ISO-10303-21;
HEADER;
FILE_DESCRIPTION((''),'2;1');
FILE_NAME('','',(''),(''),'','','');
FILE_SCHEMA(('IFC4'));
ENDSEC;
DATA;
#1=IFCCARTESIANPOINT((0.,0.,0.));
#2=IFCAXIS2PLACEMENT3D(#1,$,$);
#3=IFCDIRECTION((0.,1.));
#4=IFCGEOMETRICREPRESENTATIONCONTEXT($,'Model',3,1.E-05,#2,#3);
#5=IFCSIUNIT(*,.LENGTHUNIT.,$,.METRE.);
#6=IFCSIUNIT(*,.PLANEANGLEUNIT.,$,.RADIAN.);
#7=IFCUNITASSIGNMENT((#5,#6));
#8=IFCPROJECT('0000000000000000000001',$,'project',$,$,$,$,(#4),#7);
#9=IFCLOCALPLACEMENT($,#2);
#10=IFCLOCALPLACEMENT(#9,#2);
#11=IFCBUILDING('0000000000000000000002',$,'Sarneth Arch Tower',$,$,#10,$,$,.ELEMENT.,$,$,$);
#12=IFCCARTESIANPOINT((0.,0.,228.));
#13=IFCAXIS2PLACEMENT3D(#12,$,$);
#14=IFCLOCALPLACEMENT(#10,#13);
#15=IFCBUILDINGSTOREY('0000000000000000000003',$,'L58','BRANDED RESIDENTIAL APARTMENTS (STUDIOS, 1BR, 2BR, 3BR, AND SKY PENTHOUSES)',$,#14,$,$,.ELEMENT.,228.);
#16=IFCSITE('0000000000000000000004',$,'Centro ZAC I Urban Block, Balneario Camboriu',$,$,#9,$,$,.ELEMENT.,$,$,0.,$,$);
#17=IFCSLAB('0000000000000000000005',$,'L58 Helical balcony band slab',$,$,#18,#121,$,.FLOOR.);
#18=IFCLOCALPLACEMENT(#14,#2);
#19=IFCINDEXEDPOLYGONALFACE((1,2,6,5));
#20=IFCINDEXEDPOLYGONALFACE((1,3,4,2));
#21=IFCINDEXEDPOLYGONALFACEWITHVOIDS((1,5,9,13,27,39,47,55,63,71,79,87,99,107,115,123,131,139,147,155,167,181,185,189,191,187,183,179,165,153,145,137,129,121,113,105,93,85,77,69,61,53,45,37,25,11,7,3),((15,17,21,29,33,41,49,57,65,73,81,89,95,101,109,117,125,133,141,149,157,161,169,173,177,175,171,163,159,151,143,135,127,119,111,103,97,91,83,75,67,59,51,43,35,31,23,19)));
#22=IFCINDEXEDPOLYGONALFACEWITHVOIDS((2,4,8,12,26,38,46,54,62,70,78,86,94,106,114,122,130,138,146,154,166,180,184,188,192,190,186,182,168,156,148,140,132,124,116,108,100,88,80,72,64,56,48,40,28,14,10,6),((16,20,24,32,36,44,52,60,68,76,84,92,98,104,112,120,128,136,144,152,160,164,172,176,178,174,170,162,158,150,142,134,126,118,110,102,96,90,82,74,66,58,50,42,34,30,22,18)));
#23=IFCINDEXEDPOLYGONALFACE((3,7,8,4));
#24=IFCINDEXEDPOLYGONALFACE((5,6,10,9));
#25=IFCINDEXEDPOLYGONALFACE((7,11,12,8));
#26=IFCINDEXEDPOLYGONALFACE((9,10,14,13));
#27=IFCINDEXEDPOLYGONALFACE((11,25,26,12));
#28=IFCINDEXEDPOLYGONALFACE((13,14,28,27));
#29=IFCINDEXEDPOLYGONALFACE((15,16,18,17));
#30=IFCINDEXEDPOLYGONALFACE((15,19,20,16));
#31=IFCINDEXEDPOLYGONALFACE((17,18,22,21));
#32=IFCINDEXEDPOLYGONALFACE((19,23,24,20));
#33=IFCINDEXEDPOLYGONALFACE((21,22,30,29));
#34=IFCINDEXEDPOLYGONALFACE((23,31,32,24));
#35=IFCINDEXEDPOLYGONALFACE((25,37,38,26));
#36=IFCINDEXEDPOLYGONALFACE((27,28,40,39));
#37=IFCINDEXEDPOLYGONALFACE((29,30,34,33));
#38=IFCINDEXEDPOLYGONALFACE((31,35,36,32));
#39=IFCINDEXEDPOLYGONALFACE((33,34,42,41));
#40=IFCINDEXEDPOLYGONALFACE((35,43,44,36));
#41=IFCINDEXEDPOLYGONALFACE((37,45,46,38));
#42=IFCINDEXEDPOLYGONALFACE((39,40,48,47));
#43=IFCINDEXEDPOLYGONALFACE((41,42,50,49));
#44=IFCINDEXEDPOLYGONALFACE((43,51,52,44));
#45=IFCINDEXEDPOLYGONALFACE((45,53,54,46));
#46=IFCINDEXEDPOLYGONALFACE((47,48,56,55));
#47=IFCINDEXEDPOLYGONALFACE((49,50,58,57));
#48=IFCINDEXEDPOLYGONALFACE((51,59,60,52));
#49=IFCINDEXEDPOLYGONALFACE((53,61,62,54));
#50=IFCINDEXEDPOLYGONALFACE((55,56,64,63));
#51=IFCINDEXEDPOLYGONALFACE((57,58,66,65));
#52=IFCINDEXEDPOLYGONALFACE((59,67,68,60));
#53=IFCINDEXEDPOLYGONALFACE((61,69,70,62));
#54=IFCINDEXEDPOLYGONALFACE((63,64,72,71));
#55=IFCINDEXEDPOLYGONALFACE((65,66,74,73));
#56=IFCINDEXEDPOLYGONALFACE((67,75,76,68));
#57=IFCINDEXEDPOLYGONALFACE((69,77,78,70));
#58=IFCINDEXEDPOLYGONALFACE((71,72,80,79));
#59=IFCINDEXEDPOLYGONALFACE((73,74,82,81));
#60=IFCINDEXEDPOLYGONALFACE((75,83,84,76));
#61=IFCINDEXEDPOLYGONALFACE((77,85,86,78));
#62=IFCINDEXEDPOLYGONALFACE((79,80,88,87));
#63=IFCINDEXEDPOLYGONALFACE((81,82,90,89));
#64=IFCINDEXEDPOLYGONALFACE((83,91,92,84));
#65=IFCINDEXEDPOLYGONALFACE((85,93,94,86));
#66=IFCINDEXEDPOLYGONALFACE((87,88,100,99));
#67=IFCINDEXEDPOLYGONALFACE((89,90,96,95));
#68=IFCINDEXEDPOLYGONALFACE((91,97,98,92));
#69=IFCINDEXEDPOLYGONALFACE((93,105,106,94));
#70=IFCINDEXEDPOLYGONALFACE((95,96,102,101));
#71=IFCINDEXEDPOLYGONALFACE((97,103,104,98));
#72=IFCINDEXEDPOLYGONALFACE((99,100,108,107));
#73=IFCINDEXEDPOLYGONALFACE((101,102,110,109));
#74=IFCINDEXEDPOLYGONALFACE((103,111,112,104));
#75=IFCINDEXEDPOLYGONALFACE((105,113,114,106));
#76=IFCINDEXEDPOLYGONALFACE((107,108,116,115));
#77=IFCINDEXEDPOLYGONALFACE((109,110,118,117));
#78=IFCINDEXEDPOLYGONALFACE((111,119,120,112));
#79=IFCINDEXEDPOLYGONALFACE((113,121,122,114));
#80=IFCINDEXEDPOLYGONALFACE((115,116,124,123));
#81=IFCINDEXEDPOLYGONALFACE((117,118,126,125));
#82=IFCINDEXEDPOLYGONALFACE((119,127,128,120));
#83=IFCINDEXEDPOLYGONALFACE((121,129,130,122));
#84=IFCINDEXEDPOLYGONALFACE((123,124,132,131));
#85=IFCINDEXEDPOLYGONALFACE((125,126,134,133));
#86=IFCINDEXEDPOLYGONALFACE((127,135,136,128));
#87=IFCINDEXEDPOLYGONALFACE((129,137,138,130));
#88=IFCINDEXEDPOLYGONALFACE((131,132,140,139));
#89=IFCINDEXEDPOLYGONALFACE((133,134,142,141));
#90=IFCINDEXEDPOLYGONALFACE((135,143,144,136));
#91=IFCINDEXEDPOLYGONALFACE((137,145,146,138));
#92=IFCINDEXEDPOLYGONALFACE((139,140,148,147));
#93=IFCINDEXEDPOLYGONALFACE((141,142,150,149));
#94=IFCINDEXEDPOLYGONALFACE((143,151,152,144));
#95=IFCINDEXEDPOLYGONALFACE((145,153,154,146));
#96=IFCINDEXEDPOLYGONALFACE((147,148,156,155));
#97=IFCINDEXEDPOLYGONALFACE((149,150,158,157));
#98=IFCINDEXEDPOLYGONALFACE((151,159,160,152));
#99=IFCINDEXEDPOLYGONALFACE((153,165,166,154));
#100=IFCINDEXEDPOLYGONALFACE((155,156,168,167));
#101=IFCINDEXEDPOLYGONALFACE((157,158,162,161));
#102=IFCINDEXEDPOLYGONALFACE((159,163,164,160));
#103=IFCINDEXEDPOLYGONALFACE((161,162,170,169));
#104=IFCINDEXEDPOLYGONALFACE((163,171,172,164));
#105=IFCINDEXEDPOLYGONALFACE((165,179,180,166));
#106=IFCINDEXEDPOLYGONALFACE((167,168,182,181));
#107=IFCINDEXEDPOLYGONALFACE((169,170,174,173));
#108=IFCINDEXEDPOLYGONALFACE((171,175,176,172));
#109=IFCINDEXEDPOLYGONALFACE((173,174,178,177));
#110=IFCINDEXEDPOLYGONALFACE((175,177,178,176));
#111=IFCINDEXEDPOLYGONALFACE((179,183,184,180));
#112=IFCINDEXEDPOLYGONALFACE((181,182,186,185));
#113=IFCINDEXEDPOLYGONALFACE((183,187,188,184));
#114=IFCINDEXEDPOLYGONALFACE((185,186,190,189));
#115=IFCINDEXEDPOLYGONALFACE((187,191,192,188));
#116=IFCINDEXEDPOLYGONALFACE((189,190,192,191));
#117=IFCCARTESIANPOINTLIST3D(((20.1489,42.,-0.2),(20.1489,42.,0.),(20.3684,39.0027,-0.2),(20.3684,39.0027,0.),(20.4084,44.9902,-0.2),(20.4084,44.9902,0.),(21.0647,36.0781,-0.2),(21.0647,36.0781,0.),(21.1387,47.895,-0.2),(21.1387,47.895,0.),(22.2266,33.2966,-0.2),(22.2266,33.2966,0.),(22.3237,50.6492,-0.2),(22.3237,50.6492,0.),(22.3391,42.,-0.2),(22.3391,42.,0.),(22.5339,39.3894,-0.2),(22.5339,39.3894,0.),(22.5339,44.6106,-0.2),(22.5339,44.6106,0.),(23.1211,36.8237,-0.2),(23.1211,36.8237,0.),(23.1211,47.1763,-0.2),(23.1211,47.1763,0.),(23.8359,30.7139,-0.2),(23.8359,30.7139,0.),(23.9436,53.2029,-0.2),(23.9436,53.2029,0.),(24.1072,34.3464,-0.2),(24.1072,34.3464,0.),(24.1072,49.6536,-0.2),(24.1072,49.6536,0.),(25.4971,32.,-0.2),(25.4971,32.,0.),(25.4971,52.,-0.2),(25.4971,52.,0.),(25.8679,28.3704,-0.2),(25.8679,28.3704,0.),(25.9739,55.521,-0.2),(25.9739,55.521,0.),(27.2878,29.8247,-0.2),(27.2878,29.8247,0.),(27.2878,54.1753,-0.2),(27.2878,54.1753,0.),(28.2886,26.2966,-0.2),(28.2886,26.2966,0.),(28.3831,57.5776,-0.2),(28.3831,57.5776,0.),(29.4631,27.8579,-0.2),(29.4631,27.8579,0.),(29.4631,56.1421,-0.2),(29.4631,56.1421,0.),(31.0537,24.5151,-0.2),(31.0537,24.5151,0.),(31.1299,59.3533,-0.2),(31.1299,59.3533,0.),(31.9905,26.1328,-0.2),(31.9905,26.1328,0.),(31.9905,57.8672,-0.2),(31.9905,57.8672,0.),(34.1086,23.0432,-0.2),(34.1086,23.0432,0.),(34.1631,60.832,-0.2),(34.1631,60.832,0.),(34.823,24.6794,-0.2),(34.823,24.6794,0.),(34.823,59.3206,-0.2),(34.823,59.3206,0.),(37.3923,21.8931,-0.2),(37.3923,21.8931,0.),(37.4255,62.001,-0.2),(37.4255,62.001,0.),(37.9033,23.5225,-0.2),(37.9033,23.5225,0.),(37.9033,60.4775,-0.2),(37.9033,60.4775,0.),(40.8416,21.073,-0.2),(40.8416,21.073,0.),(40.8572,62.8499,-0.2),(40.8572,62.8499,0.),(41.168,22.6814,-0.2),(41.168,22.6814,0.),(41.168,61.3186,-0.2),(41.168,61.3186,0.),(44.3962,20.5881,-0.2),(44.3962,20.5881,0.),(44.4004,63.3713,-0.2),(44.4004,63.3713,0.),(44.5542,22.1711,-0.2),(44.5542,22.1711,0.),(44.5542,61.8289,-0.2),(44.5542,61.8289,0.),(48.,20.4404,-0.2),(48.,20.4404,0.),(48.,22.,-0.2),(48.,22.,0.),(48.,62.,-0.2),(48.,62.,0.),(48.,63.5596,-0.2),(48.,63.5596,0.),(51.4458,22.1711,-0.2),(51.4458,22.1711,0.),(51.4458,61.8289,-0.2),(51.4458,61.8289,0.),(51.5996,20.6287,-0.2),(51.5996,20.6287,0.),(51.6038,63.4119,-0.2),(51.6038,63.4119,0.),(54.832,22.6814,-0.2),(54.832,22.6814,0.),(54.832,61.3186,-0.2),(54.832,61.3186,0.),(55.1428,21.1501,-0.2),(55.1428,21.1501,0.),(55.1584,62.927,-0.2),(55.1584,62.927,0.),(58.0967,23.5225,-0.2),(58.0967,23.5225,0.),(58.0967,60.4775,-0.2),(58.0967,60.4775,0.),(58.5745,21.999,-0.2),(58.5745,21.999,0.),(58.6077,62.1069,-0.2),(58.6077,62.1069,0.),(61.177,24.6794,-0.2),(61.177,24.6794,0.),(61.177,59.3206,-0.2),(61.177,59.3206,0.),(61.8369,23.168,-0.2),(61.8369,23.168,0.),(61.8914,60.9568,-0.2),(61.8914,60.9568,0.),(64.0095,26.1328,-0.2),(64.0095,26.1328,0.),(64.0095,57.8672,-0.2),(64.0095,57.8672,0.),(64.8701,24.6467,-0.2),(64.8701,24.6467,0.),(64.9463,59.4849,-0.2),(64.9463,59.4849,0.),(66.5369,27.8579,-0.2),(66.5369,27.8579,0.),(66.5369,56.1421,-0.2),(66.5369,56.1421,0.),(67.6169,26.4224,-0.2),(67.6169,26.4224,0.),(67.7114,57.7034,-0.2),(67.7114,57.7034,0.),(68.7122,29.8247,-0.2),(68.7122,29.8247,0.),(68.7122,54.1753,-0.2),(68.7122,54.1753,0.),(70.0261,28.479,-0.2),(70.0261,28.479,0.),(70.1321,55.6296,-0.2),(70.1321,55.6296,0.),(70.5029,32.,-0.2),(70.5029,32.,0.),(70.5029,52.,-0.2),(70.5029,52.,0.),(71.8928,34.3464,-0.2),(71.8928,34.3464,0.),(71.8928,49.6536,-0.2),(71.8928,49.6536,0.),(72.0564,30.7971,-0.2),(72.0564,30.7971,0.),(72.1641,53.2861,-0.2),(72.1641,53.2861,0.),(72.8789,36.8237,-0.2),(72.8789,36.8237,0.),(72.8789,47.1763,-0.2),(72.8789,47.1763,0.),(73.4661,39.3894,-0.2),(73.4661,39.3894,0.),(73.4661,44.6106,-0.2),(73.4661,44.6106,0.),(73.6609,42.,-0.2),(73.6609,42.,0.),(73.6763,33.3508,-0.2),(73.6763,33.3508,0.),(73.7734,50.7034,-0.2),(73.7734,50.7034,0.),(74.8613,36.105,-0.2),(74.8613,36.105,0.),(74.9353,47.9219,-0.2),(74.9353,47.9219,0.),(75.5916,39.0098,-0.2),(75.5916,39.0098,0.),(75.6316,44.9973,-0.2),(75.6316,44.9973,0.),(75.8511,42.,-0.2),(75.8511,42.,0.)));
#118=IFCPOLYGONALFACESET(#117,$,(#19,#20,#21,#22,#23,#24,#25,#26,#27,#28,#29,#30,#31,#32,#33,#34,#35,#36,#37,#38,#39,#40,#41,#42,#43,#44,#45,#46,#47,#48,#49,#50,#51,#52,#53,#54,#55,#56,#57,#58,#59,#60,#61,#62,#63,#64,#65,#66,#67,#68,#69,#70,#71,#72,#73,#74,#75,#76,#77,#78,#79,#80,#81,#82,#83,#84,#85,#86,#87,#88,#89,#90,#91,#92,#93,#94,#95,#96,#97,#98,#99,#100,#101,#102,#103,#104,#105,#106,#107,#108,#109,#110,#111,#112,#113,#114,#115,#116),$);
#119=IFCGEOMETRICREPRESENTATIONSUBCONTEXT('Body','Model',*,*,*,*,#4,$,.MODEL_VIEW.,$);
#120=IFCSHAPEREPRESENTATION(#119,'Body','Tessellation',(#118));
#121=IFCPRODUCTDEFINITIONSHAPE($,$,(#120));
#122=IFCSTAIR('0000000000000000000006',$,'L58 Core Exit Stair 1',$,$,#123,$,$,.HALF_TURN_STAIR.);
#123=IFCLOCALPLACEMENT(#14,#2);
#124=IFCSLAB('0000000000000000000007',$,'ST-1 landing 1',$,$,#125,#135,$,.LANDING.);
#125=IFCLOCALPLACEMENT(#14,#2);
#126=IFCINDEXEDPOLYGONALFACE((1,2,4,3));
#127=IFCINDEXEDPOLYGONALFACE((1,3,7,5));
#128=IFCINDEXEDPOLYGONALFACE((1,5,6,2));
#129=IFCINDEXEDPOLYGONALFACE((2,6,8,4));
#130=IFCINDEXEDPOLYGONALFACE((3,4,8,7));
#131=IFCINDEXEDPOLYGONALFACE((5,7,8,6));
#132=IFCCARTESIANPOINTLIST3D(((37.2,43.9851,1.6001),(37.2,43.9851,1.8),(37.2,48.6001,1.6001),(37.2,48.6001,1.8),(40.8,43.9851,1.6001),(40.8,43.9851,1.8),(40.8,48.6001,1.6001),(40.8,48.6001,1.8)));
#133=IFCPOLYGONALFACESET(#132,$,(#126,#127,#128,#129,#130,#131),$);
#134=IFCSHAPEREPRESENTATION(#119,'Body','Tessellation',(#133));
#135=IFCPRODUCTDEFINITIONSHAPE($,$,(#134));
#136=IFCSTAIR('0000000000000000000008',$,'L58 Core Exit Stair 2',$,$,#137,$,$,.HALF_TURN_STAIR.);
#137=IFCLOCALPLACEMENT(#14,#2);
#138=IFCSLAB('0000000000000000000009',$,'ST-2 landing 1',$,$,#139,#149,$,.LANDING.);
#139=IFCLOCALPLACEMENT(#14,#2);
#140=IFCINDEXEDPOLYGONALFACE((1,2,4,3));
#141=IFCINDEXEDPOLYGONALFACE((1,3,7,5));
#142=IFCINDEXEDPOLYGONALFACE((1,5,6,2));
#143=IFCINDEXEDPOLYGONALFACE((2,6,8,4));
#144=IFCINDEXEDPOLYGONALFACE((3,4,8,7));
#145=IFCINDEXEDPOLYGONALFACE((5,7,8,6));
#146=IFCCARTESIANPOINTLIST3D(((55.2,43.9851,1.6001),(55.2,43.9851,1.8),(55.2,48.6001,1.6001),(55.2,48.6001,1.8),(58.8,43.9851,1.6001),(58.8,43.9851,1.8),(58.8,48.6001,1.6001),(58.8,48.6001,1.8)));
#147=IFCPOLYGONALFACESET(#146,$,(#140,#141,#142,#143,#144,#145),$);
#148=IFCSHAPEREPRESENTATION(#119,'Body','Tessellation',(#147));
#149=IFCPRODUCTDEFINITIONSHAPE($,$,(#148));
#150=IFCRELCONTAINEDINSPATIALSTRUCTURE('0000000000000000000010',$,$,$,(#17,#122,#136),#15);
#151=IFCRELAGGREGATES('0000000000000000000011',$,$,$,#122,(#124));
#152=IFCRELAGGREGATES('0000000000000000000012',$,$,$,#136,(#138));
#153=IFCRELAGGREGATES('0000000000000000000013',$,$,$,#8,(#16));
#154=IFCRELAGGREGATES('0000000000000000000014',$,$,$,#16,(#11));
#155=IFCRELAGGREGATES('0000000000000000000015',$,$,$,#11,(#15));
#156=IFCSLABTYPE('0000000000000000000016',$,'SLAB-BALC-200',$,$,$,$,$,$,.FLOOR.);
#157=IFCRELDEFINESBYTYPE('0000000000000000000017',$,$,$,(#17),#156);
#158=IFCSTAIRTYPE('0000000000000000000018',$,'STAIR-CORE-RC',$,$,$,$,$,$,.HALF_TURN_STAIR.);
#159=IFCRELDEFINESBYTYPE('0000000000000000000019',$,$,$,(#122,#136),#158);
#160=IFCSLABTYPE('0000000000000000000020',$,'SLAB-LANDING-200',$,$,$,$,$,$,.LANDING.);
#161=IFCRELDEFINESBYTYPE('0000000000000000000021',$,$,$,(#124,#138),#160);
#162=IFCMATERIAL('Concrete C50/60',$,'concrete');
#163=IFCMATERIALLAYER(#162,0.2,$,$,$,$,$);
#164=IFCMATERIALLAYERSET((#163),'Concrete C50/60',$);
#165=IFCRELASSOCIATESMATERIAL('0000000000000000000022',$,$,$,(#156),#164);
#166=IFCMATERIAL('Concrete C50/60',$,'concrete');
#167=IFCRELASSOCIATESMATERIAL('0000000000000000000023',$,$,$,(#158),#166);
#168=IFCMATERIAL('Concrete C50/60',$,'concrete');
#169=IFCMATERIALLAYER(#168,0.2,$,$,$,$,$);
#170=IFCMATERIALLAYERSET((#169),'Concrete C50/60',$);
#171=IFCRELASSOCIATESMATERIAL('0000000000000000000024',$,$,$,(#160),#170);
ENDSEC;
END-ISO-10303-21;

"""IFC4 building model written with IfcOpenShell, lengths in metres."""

from ifc_helpers import new_model, si_unit, direction, frame, origin, place, context, subcontext, project, spatial, polyline, outline, extrude, material, layer, layer_set, type_object, element, aggregate, save


model = new_model("IFC4")

# Units and contexts
model_context = context("Model", 3, precision=1e-05, world=origin(), true_north=direction((0.0, 1.0)))
body_context = subcontext(model_context, "Body", "Model", "MODEL_VIEW")
ifc_project = project(units=[si_unit("LENGTHUNIT", "METRE"), si_unit("PLANEANGLEUNIT", "RADIAN")], contexts=[model_context])

# Site, building, storey
site_placement = place(None, origin())
site = spatial("IfcSite", under=ifc_project, at=site_placement, Name="Centro ZAC I Urban Block, Balneario Camboriu", CompositionType="ELEMENT", RefElevation=0.0)
building_placement = place(site_placement, origin())
building = spatial("IfcBuilding", under=site, at=building_placement, Name="Sarneth Arch Tower", CompositionType="ELEMENT")
storey_placement = place(building_placement, frame((0.0, 0.0, 228.0)))
storey = spatial("IfcBuildingStorey", under=building, at=storey_placement, Name="L58", Description="BRANDED RESIDENTIAL APARTMENTS (STUDIOS, 1BR, 2BR, 3BR, AND SKY PENTHOUSES)", CompositionType="ELEMENT", Elevation=228.0)

# Slab
ifc_material_1 = material(Name="Concrete C50/60", Category="concrete")
ifc_layer_1 = layer(ifc_material_1, 0.2)
ifc_layer_set_1 = layer_set([ifc_layer_1], Name="Concrete C50/60")
slab_type_1 = type_object("IfcSlabType", Name="SLAB-BALC-200", PredefinedType="FLOOR", material=ifc_layer_set_1)
slab_1_placement = place(storey_placement, frame((0.0, 0.0, -0.2)))
element("IfcSlab", 1, at=slab_1_placement, inside=storey, type_object=slab_type_1, Name="L58 Helical balcony band slab", PredefinedType="FLOOR", context=body_context, shape_type="SweptSolid", body=[
    extrude(outline(polyline([(75.8511, 42.0), (75.6316, 44.9973), (74.9353, 47.9219), (73.7734, 50.7034), (72.1641, 53.2861), (70.1321, 55.6296), (67.7114, 57.7034), (64.9463, 59.4849), (61.8914, 60.9568), (58.6077, 62.1069), (55.1584, 62.927), (51.6038, 63.4119), (48.0, 63.5596), (44.4004, 63.3713), (40.8572, 62.8499), (37.4255, 62.001), (34.1631, 60.832), (31.1299, 59.3533), (28.3831, 57.5776), (25.9739, 55.521), (23.9436, 53.2029), (22.3237, 50.6492), (21.1387, 47.895), (20.4084, 44.9902), (20.1489, 42.0), (20.3684, 39.0027), (21.0647, 36.0781), (22.2266, 33.2966), (23.8359, 30.7139), (25.8679, 28.3704), (28.2886, 26.2966), (31.0537, 24.5151), (34.1086, 23.0432), (37.3923, 21.8931), (40.8416, 21.073), (44.3962, 20.5881), (48.0, 20.4404), (51.5996, 20.6287), (55.1428, 21.1501), (58.5745, 21.999), (61.8369, 23.168), (64.8701, 24.6467), (67.6169, 26.4224), (70.0261, 28.479), (72.0564, 30.7971), (73.6763, 33.3508), (74.8613, 36.105), (75.5916, 39.0098), (75.8511, 42.0)]), holes=[polyline([(73.6609, 42.0), (73.4661, 44.6106), (72.8789, 47.1763), (71.8928, 49.6536), (70.5029, 52.0), (68.7122, 54.1753), (66.5369, 56.1421), (64.0095, 57.8672), (61.177, 59.3206), (58.0967, 60.4775), (54.832, 61.3186), (51.4458, 61.8289), (48.0, 62.0), (44.5542, 61.8289), (41.168, 61.3186), (37.9033, 60.4775), (34.823, 59.3206), (31.9905, 57.8672), (29.4631, 56.1421), (27.2878, 54.1753), (25.4971, 52.0), (24.1072, 49.6536), (23.1211, 47.1763), (22.5339, 44.6106), (22.3391, 42.0), (22.5339, 39.3894), (23.1211, 36.8237), (24.1072, 34.3464), (25.4971, 32.0), (27.2878, 29.8247), (29.4631, 27.8579), (31.9905, 26.1328), (34.823, 24.6794), (37.9033, 23.5225), (41.168, 22.6814), (44.5542, 22.1711), (48.0, 22.0), (51.4458, 22.1711), (54.832, 22.6814), (58.0967, 23.5225), (61.177, 24.6794), (64.0095, 26.1328), (66.5369, 27.8579), (68.7122, 29.8247), (70.5029, 32.0), (71.8928, 34.3464), (72.8789, 36.8237), (73.4661, 39.3894), (73.6609, 42.0)])]), origin(), (0.0, 0.0, 1.0), 0.2),
])

# Stairs, slabs
ifc_material_2 = material(Name="Concrete C50/60", Category="concrete")
stair_type = type_object("IfcStairType", Name="STAIR-CORE-RC", PredefinedType="HALF_TURN_STAIR", material=ifc_material_2)
stair_1_placement = place(storey_placement, origin())
stair_1 = element("IfcStair", 2, at=stair_1_placement, inside=storey, type_object=stair_type, Name="L58 Core Exit Stair 1", PredefinedType="HALF_TURN_STAIR")
ifc_material_3 = material(Name="Concrete C50/60", Category="concrete")
ifc_layer_2 = layer(ifc_material_3, 0.2)
ifc_layer_set_2 = layer_set([ifc_layer_2], Name="Concrete C50/60")
slab_type_2 = type_object("IfcSlabType", Name="SLAB-LANDING-200", PredefinedType="LANDING", material=ifc_layer_set_2)
slab_2_placement = place(storey_placement, frame((0.0, 0.0, 1.6001)))
slab_2 = element("IfcSlab", 3, at=slab_2_placement, type_object=slab_type_2, Name="ST-1 landing 1", PredefinedType="LANDING", context=body_context, shape_type="SweptSolid", body=[
    extrude(outline(polyline([(37.2, 43.9851), (40.8, 43.9851), (40.8, 48.6001), (37.2, 48.6001), (37.2, 43.9851)])), origin(), (0.0, 0.0, 1.0), 0.2),
])
aggregate(stair_1, [slab_2])
stair_2_placement = place(storey_placement, origin())
stair_2 = element("IfcStair", 4, at=stair_2_placement, inside=storey, type_object=stair_type, Name="L58 Core Exit Stair 2", PredefinedType="HALF_TURN_STAIR")
slab_3_placement = place(storey_placement, frame((0.0, 0.0, 1.6001)))
slab_3 = element("IfcSlab", 5, at=slab_3_placement, type_object=slab_type_2, Name="ST-2 landing 1", PredefinedType="LANDING", context=body_context, shape_type="SweptSolid", body=[
    extrude(outline(polyline([(55.2, 43.9851), (58.8, 43.9851), (58.8, 48.6001), (55.2, 48.6001), (55.2, 43.9851)])), origin(), (0.0, 0.0, 1.0), 0.2),
])
aggregate(stair_2, [slab_3])

save(model, "model.ifc")
